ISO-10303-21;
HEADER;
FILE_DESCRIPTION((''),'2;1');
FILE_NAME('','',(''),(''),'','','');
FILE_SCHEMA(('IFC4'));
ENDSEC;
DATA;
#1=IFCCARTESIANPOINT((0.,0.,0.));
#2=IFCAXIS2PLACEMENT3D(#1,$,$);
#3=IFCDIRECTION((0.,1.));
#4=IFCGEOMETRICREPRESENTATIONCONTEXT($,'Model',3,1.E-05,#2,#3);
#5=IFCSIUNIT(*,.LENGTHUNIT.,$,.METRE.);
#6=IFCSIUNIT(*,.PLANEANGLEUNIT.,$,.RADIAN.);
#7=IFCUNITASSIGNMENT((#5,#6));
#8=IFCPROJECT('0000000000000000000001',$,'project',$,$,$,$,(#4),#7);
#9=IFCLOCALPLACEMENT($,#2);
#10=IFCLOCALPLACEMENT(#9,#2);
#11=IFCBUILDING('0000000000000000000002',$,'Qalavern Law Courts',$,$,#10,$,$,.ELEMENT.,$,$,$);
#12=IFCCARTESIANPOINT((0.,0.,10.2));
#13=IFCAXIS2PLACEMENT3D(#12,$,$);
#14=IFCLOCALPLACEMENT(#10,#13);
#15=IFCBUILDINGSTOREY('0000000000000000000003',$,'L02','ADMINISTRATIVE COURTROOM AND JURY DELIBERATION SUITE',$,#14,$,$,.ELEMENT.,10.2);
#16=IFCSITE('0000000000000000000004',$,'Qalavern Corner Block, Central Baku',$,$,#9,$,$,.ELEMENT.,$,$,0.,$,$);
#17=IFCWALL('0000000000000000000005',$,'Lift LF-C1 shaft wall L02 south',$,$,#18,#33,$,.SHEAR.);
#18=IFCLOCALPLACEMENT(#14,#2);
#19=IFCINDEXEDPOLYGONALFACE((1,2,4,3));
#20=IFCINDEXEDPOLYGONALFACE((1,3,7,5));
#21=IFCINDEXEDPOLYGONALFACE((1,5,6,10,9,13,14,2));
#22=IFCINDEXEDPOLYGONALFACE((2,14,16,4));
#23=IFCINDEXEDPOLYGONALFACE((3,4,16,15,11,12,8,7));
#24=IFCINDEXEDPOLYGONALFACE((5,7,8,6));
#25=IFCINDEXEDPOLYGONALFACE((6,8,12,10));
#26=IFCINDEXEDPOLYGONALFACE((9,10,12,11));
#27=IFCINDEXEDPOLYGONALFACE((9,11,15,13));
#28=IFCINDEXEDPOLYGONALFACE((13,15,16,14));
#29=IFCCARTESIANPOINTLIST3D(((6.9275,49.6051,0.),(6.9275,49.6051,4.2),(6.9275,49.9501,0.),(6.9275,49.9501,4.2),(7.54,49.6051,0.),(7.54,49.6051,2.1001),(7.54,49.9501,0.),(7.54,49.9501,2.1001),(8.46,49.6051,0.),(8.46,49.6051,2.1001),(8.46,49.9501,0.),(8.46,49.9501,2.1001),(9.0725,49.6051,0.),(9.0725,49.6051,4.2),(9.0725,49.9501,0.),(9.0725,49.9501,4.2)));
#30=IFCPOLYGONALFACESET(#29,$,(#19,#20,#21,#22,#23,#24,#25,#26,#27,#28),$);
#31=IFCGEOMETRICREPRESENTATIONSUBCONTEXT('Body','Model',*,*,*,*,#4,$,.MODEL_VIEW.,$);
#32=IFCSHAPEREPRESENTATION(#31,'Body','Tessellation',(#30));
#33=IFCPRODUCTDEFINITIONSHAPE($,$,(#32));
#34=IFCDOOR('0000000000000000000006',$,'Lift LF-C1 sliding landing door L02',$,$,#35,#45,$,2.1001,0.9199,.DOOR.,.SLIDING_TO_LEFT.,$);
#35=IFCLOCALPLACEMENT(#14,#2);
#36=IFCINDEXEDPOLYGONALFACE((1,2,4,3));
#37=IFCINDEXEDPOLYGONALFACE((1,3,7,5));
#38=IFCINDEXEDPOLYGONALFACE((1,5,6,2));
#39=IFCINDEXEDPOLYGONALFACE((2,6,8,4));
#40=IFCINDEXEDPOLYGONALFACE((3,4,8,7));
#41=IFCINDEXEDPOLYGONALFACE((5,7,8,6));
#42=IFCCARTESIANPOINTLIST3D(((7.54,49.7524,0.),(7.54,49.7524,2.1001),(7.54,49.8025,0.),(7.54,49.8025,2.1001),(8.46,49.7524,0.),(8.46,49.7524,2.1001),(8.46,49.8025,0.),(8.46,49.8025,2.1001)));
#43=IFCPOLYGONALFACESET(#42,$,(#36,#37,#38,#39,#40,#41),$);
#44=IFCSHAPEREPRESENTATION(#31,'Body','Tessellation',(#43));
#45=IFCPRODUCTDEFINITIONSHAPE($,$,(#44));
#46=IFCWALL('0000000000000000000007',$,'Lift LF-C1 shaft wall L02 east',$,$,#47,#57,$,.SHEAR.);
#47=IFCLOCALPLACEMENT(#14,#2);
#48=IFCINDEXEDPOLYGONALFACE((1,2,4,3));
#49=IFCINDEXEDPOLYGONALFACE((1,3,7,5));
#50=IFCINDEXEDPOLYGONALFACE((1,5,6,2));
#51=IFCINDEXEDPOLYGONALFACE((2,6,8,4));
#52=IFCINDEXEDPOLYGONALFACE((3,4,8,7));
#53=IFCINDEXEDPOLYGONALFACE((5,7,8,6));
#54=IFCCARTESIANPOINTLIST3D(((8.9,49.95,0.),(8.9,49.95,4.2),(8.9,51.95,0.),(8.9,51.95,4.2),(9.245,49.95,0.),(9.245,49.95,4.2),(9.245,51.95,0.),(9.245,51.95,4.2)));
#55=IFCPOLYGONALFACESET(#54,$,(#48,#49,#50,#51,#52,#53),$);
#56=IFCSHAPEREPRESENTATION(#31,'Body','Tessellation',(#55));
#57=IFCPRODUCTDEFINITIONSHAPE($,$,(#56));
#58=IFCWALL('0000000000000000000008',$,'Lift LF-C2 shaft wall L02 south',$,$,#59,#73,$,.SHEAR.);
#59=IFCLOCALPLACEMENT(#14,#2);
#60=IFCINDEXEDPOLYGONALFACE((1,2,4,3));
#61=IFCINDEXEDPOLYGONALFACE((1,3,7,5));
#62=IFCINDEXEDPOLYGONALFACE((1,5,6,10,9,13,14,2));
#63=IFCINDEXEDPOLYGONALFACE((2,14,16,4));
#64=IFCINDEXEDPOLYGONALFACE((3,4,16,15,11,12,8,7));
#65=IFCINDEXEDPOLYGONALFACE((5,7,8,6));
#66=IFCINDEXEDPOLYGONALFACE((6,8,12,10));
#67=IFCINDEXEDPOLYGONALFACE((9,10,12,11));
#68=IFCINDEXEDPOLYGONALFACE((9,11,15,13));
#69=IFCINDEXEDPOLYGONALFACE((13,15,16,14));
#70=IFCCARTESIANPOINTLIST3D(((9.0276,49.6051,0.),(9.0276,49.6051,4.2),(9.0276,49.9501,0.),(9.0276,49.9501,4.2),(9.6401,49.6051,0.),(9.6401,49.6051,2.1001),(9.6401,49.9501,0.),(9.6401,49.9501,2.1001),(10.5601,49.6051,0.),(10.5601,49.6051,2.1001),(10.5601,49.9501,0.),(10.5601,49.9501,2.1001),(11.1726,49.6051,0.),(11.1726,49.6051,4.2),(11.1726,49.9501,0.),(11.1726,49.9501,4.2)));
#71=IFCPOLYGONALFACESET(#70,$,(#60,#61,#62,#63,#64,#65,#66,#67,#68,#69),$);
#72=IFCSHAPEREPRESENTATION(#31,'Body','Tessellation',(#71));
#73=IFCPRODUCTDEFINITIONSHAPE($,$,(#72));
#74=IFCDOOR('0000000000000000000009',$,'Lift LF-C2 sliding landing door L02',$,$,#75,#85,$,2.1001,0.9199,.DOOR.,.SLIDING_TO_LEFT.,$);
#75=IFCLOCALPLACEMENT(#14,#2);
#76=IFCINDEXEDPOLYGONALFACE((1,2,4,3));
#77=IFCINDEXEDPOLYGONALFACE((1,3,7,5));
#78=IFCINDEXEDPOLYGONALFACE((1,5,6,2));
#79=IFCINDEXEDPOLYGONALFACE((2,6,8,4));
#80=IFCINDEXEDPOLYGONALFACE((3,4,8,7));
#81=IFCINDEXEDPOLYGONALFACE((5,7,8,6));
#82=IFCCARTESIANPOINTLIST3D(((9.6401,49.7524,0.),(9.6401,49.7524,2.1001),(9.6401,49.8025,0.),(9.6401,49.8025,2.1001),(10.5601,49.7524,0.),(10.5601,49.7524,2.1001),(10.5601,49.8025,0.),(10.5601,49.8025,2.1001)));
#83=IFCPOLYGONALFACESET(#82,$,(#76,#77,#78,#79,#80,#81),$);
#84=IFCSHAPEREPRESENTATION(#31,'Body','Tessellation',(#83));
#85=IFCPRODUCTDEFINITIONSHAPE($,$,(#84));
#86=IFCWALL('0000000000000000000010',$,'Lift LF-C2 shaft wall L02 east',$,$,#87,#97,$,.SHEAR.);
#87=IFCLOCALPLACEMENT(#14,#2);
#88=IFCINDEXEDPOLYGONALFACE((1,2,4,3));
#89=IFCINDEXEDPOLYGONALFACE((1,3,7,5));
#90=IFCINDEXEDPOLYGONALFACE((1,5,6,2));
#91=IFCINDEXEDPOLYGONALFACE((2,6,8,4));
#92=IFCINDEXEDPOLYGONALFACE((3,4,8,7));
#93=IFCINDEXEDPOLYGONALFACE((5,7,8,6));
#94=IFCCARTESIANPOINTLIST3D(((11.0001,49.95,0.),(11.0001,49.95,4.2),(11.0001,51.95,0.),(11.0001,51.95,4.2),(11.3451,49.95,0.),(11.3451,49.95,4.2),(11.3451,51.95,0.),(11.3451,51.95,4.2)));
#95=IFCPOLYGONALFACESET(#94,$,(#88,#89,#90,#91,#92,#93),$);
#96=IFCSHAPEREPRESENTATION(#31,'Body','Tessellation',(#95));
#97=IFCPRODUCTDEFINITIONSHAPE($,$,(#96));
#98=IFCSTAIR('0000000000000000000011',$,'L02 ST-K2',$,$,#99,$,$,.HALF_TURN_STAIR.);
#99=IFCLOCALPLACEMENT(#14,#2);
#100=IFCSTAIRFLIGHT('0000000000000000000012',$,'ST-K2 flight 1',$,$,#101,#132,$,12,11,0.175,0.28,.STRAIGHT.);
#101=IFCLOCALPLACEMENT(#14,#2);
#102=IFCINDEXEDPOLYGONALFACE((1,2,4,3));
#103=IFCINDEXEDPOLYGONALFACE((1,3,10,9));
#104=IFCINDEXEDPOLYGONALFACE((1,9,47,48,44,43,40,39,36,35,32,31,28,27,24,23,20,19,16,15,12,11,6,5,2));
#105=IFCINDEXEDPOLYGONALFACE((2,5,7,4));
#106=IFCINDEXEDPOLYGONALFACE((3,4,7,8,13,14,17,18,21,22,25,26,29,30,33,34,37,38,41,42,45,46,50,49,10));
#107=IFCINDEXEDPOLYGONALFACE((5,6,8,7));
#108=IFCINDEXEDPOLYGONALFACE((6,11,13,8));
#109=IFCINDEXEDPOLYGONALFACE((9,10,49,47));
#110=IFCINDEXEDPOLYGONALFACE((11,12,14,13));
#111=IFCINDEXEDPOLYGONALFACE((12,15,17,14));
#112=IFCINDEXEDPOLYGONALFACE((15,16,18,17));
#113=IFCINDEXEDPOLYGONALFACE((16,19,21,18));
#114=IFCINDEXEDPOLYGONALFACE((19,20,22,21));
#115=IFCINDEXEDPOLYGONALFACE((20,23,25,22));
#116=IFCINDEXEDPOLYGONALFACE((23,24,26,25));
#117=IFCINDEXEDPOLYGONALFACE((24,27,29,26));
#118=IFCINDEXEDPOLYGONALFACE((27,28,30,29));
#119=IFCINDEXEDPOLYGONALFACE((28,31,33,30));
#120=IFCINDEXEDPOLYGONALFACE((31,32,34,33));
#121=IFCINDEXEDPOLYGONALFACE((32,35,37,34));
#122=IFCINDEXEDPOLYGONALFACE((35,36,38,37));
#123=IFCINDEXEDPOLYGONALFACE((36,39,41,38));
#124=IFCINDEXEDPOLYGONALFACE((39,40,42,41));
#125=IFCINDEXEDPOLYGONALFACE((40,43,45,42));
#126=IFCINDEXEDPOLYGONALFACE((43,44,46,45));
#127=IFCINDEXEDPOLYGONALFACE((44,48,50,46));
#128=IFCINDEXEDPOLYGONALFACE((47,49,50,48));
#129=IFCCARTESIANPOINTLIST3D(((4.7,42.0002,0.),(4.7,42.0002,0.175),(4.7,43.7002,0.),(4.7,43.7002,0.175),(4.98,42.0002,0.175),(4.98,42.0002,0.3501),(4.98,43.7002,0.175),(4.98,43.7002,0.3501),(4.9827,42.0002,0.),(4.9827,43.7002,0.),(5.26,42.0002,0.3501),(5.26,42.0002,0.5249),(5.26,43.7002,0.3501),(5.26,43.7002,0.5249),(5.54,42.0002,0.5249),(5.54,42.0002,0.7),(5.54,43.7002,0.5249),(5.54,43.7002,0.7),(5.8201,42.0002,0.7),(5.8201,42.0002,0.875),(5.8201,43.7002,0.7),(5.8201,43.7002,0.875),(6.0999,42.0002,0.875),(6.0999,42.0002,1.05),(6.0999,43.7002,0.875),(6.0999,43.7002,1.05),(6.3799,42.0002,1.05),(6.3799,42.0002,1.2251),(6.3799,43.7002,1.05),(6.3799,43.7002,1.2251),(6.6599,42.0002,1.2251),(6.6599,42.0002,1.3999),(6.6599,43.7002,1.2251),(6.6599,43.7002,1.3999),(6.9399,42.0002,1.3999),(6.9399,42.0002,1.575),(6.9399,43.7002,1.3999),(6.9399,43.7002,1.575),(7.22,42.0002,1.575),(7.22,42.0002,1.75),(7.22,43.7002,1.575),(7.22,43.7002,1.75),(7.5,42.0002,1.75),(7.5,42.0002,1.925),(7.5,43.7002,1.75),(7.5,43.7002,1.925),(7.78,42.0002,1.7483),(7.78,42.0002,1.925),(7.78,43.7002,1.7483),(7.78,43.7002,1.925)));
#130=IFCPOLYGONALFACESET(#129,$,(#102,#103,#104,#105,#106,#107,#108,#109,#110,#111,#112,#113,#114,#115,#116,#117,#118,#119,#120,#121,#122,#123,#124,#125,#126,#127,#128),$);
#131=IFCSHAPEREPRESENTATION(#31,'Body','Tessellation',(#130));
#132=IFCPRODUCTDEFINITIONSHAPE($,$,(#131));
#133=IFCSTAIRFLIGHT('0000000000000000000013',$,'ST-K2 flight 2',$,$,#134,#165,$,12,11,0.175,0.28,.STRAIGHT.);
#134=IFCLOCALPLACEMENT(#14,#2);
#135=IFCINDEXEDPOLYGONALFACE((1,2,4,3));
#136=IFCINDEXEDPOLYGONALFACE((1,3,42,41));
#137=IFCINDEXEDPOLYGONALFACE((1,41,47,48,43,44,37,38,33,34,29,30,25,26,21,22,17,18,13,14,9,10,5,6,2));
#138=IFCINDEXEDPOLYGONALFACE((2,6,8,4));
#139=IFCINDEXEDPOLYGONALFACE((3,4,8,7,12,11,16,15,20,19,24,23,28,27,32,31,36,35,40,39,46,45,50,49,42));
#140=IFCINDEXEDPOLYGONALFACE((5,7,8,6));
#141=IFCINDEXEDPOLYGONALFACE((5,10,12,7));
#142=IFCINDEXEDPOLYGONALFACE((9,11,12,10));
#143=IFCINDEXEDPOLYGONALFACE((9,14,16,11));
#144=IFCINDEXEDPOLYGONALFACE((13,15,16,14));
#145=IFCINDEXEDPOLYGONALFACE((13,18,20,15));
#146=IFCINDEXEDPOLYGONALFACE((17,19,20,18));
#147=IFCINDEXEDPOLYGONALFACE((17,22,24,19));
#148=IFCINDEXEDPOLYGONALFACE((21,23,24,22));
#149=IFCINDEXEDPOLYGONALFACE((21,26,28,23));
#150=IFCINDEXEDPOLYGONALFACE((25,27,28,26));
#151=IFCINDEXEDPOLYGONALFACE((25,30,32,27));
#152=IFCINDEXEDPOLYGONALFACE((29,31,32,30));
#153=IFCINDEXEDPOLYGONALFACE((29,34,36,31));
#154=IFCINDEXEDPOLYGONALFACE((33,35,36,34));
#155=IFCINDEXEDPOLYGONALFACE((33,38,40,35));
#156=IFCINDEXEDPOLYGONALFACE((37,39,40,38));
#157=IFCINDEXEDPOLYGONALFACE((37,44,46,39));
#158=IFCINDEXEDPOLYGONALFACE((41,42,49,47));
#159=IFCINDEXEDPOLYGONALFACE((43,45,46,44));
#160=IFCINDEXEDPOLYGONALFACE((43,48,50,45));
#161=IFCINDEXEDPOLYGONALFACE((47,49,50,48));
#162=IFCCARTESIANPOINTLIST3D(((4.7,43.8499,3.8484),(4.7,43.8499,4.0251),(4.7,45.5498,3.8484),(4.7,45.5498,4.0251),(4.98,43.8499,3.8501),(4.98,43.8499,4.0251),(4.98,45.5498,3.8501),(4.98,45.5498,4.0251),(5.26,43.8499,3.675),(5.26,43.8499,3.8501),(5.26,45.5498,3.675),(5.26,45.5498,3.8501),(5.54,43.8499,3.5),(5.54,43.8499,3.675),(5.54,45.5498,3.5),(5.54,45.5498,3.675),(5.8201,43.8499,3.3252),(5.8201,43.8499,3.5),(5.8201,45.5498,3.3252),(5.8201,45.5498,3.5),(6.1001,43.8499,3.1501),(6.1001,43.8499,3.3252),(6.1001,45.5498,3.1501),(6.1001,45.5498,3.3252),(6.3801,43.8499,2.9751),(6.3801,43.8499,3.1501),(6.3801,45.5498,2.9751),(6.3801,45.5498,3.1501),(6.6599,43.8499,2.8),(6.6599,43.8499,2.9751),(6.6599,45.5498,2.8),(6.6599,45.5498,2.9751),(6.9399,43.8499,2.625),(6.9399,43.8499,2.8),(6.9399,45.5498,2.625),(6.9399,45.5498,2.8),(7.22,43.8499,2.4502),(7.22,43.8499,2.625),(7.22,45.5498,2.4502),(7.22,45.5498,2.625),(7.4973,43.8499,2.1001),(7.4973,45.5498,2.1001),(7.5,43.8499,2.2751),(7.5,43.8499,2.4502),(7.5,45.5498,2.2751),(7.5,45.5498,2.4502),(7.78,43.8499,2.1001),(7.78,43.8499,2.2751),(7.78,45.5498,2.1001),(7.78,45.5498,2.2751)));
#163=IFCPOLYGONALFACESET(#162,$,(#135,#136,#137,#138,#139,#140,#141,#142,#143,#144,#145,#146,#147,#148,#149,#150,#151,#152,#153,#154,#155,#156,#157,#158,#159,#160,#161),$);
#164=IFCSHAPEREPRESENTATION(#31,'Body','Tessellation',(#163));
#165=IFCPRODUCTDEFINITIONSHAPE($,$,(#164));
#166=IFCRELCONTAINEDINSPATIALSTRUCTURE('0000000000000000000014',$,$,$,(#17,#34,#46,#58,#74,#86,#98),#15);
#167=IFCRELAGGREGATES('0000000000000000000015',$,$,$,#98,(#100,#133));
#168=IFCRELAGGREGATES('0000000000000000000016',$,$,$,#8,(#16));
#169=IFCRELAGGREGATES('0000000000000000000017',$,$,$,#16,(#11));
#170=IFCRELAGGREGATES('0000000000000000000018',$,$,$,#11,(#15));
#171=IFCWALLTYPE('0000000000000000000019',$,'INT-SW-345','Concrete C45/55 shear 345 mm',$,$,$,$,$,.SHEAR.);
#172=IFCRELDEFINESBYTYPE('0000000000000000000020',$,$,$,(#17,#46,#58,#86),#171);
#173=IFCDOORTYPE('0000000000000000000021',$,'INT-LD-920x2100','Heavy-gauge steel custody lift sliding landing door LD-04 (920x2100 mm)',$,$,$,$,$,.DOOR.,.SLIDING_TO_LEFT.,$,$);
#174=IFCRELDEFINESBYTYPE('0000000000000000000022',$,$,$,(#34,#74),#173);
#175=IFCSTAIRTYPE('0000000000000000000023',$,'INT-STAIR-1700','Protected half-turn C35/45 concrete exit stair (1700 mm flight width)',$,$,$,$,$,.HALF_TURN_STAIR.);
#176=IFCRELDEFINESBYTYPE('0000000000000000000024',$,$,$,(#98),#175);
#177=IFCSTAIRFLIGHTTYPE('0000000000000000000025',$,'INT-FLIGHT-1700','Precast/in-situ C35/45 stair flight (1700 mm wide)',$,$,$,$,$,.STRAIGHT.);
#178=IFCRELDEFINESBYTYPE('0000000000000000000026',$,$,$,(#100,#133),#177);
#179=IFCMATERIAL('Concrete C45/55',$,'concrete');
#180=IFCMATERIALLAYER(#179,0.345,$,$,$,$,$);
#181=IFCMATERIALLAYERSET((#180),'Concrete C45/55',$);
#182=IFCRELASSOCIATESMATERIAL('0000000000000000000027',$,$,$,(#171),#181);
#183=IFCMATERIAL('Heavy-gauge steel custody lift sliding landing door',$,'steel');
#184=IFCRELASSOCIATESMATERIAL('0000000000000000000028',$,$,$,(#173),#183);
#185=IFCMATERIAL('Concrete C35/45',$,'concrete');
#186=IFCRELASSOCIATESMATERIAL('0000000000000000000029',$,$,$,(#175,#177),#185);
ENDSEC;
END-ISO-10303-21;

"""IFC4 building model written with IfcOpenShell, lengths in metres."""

from ifc_helpers import new_model, si_unit, direction, frame, frame_2d, origin, place, context, subcontext, project, spatial, polyline, rectangle, outline, extrude, material, layer, layer_set, type_object, element, fill, aggregate, save


model = new_model("IFC4")

# Units and contexts
model_context = context("Model", 3, precision=1e-05, world=origin(), true_north=direction((0.0, 1.0)))
body_context = subcontext(model_context, "Body", "Model", "MODEL_VIEW")
ifc_project = project(units=[si_unit("LENGTHUNIT", "METRE"), si_unit("PLANEANGLEUNIT", "RADIAN")], contexts=[model_context])

# Site, building, storey
site_placement = place(None, origin())
site = spatial("IfcSite", under=ifc_project, at=site_placement, Name="Qalavern Corner Block, Central Baku", CompositionType="ELEMENT", RefElevation=0.0)
building_placement = place(site_placement, origin())
building = spatial("IfcBuilding", under=site, at=building_placement, Name="Qalavern Law Courts", CompositionType="ELEMENT")
storey_placement = place(building_placement, frame((0.0, 0.0, 10.2)))
storey = spatial("IfcBuildingStorey", under=building, at=storey_placement, Name="L02", Description="ADMINISTRATIVE COURTROOM AND JURY DELIBERATION SUITE", CompositionType="ELEMENT", Elevation=10.2)

# Shared definitions
ifc_material_1 = material(Name="Concrete C45/55", Category="concrete")

# Wall, opening, door
ifc_layer_1 = layer(ifc_material_1, 0.345)
ifc_layer_set_1 = layer_set([ifc_layer_1], Name="Concrete C45/55")
wall_type_1 = type_object("IfcWallType", Name="INT-SW-345", Description="Concrete C45/55 shear 345 mm", PredefinedType="SHEAR", material=ifc_layer_set_1)
wall_1_placement = place(storey_placement, frame((6.9275, 49.7776, 0.0), z_axis=(0.0, 0.0, 1.0), x_axis=(1.0, 0.0, 0.0)))
wall_1 = element("IfcWall", 1, at=wall_1_placement, inside=storey, type_object=wall_type_1, Name="Lift LF-C1 shaft wall L02 south", PredefinedType="SHEAR", context=body_context, shape_type="SweptSolid", body=[
    extrude(rectangle(XDim=2.145, YDim=0.345, at=frame_2d((1.0725, 0.0))), origin(), (0.0, 0.0, 1.0), 4.2),
])
opening_1_placement = place(wall_1_placement, frame((0.6125, 0.0, 0.0)))
opening_1 = element("IfcOpeningElement", 2, at=opening_1_placement, cuts=wall_1, PredefinedType="OPENING", context=body_context, shape_type="SweptSolid", body=[
    extrude(rectangle(XDim=0.9199, YDim=2.1001, at=frame_2d((0.46, 1.05))), frame((0.0, 0.1875, 0.0), z_axis=(0.0, -1.0, 0.0), x_axis=(1.0, 0.0, 0.0)), (0.0, 0.0, 1.0), 0.3748),
])
ifc_material_2 = material(Name="Heavy-gauge steel custody lift sliding landing door", Category="steel")
door_type_1 = type_object("IfcDoorType", Name="INT-LD-920x2100", Description="Heavy-gauge steel custody lift sliding landing door LD-04 (920x2100 mm)", OperationType="SLIDING_TO_LEFT", PredefinedType="DOOR", material=ifc_material_2)
door_1_placement = place(opening_1_placement, origin())
door_1 = element("IfcDoor", 3, at=door_1_placement, inside=storey, type_object=door_type_1, Name="Lift LF-C1 sliding landing door L02", OperationType="SLIDING_TO_LEFT", OverallHeight=2.1001, OverallWidth=0.9199, PredefinedType="DOOR", context=body_context, shape_type="SweptSolid", body=[
    extrude(rectangle(XDim=0.9199, YDim=2.1001, at=frame_2d((0.46, 1.05))), frame((0.0, 0.0249, 0.0), z_axis=(0.0, -1.0, 0.0), x_axis=(1.0, 0.0, 0.0)), (0.0, 0.0, 1.0), 0.05),
])
fill(opening_1, door_1)

# Wall
wall_2_placement = place(storey_placement, frame((9.0725, 49.95, 0.0), z_axis=(0.0, 0.0, 1.0), x_axis=(0.0, 1.0, 0.0)))
element("IfcWall", 4, at=wall_2_placement, inside=storey, type_object=wall_type_1, Name="Lift LF-C1 shaft wall L02 east", PredefinedType="SHEAR", context=body_context, shape_type="SweptSolid", body=[
    extrude(rectangle(XDim=2.0, YDim=0.345, at=frame_2d((1.0, 0.0))), origin(), (0.0, 0.0, 1.0), 4.2),
])

# Wall, opening, door
wall_3_placement = place(storey_placement, frame((9.0276, 49.7776, 0.0), z_axis=(0.0, 0.0, 1.0), x_axis=(1.0, 0.0, 0.0)))
wall_3 = element("IfcWall", 5, at=wall_3_placement, inside=storey, type_object=wall_type_1, Name="Lift LF-C2 shaft wall L02 south", PredefinedType="SHEAR", context=body_context, shape_type="SweptSolid", body=[
    extrude(rectangle(XDim=2.145, YDim=0.345, at=frame_2d((1.0725, 0.0))), origin(), (0.0, 0.0, 1.0), 4.2),
])
opening_2_placement = place(wall_3_placement, frame((0.6125, 0.0, 0.0)))
opening_2 = element("IfcOpeningElement", 6, at=opening_2_placement, cuts=wall_3, PredefinedType="OPENING", context=body_context, shape_type="SweptSolid", body=[
    extrude(rectangle(XDim=0.9199, YDim=2.1001, at=frame_2d((0.46, 1.05))), frame((0.0, 0.1875, 0.0), z_axis=(0.0, -1.0, 0.0), x_axis=(1.0, 0.0, 0.0)), (0.0, 0.0, 1.0), 0.3748),
])
door_2_placement = place(opening_2_placement, origin())
door_2 = element("IfcDoor", 7, at=door_2_placement, inside=storey, type_object=door_type_1, Name="Lift LF-C2 sliding landing door L02", OperationType="SLIDING_TO_LEFT", OverallHeight=2.1001, OverallWidth=0.9199, PredefinedType="DOOR", context=body_context, shape_type="SweptSolid", body=[
    extrude(rectangle(XDim=0.9199, YDim=2.1001, at=frame_2d((0.46, 1.05))), frame((0.0, 0.0249, 0.0), z_axis=(0.0, -1.0, 0.0), x_axis=(1.0, 0.0, 0.0)), (0.0, 0.0, 1.0), 0.05),
])
fill(opening_2, door_2)

# Wall
wall_4_placement = place(storey_placement, frame((11.1726, 49.95, 0.0), z_axis=(0.0, 0.0, 1.0), x_axis=(0.0, 1.0, 0.0)))
element("IfcWall", 8, at=wall_4_placement, inside=storey, type_object=wall_type_1, Name="Lift LF-C2 shaft wall L02 east", PredefinedType="SHEAR", context=body_context, shape_type="SweptSolid", body=[
    extrude(rectangle(XDim=2.0, YDim=0.345, at=frame_2d((1.0, 0.0))), origin(), (0.0, 0.0, 1.0), 4.2),
])

# Stair, stair flights
ifc_material_3 = material(Name="Concrete C35/45", Category="concrete")
stair_type = type_object("IfcStairType", Name="INT-STAIR-1700", Description="Protected half-turn C35/45 concrete exit stair (1700 mm flight width)", PredefinedType="HALF_TURN_STAIR", material=ifc_material_3)
stair_placement = place(storey_placement, origin())
stair = element("IfcStair", 9, at=stair_placement, inside=storey, type_object=stair_type, Name="L02 ST-K2", PredefinedType="HALF_TURN_STAIR")
stair_flight_type = type_object("IfcStairFlightType", Name="INT-FLIGHT-1700", Description="Precast/in-situ C35/45 stair flight (1700 mm wide)", PredefinedType="STRAIGHT", material=ifc_material_3)
stair_flight_1_placement = place(storey_placement, frame((4.7, 42.8501, 0.0), z_axis=(0.0, 0.0, 1.0), x_axis=(1.0, 0.0, 0.0)))
stair_flight_1 = element("IfcStairFlight", 10, at=stair_flight_1_placement, type_object=stair_flight_type, Name="ST-K2 flight 1", NumberOfRisers=12, NumberOfTreads=11, PredefinedType="STRAIGHT", RiserHeight=0.175, TreadLength=0.28, context=body_context, shape_type="SweptSolid", body=[
    extrude(outline(polyline([(0.0, 0.0), (0.0, 0.175), (0.28, 0.175), (0.28, 0.3501), (0.5601, 0.3501), (0.5601, 0.5249), (0.8401, 0.5249), (0.8401, 0.7), (1.1201, 0.7), (1.1201, 0.875), (1.3999, 0.875), (1.3999, 1.05), (1.6799, 1.05), (1.6799, 1.2251), (1.96, 1.2251), (1.96, 1.3999), (2.24, 1.3999), (2.24, 1.575), (2.52, 1.575), (2.52, 1.75), (2.8, 1.75), (2.8, 1.925), (3.0801, 1.925), (3.0801, 2.1001), (3.0801, 1.7483), (0.2827, 0.0), (0.0, 0.0)])), frame((0.0, 0.8501, 0.0), z_axis=(0.0, -1.0, 0.0), x_axis=(1.0, 0.0, 0.0)), (0.0, 0.0, 1.0), 1.7),
])
stair_flight_2_placement = place(storey_placement, frame((7.78, 44.7, 2.1001), z_axis=(0.0, 0.0, 1.0), x_axis=(-1.0, 0.0, 0.0)))
stair_flight_2 = element("IfcStairFlight", 11, at=stair_flight_2_placement, type_object=stair_flight_type, Name="ST-K2 flight 2", NumberOfRisers=12, NumberOfTreads=11, PredefinedType="STRAIGHT", RiserHeight=0.175, TreadLength=0.28, context=body_context, shape_type="SweptSolid", body=[
    extrude(outline(polyline([(0.0, 0.0), (0.0, 0.175), (0.28, 0.175), (0.28, 0.3501), (0.5601, 0.3501), (0.5601, 0.5249), (0.8401, 0.5249), (0.8401, 0.7), (1.1201, 0.7), (1.1201, 0.875), (1.3999, 0.875), (1.3999, 1.05), (1.6799, 1.05), (1.6799, 1.2251), (1.96, 1.2251), (1.96, 1.3999), (2.24, 1.3999), (2.24, 1.575), (2.52, 1.575), (2.52, 1.75), (2.8, 1.75), (2.8, 1.925), (3.0801, 1.925), (3.0801, 2.1001), (3.0801, 1.7483), (0.2827, 0.0), (0.0, 0.0)])), frame((0.0, 0.8501, 0.0), z_axis=(0.0, -1.0, 0.0), x_axis=(1.0, 0.0, 0.0)), (0.0, 0.0, 1.0), 1.7),
])
aggregate(stair, [stair_flight_1, stair_flight_2])

save(model, "model.ifc")
